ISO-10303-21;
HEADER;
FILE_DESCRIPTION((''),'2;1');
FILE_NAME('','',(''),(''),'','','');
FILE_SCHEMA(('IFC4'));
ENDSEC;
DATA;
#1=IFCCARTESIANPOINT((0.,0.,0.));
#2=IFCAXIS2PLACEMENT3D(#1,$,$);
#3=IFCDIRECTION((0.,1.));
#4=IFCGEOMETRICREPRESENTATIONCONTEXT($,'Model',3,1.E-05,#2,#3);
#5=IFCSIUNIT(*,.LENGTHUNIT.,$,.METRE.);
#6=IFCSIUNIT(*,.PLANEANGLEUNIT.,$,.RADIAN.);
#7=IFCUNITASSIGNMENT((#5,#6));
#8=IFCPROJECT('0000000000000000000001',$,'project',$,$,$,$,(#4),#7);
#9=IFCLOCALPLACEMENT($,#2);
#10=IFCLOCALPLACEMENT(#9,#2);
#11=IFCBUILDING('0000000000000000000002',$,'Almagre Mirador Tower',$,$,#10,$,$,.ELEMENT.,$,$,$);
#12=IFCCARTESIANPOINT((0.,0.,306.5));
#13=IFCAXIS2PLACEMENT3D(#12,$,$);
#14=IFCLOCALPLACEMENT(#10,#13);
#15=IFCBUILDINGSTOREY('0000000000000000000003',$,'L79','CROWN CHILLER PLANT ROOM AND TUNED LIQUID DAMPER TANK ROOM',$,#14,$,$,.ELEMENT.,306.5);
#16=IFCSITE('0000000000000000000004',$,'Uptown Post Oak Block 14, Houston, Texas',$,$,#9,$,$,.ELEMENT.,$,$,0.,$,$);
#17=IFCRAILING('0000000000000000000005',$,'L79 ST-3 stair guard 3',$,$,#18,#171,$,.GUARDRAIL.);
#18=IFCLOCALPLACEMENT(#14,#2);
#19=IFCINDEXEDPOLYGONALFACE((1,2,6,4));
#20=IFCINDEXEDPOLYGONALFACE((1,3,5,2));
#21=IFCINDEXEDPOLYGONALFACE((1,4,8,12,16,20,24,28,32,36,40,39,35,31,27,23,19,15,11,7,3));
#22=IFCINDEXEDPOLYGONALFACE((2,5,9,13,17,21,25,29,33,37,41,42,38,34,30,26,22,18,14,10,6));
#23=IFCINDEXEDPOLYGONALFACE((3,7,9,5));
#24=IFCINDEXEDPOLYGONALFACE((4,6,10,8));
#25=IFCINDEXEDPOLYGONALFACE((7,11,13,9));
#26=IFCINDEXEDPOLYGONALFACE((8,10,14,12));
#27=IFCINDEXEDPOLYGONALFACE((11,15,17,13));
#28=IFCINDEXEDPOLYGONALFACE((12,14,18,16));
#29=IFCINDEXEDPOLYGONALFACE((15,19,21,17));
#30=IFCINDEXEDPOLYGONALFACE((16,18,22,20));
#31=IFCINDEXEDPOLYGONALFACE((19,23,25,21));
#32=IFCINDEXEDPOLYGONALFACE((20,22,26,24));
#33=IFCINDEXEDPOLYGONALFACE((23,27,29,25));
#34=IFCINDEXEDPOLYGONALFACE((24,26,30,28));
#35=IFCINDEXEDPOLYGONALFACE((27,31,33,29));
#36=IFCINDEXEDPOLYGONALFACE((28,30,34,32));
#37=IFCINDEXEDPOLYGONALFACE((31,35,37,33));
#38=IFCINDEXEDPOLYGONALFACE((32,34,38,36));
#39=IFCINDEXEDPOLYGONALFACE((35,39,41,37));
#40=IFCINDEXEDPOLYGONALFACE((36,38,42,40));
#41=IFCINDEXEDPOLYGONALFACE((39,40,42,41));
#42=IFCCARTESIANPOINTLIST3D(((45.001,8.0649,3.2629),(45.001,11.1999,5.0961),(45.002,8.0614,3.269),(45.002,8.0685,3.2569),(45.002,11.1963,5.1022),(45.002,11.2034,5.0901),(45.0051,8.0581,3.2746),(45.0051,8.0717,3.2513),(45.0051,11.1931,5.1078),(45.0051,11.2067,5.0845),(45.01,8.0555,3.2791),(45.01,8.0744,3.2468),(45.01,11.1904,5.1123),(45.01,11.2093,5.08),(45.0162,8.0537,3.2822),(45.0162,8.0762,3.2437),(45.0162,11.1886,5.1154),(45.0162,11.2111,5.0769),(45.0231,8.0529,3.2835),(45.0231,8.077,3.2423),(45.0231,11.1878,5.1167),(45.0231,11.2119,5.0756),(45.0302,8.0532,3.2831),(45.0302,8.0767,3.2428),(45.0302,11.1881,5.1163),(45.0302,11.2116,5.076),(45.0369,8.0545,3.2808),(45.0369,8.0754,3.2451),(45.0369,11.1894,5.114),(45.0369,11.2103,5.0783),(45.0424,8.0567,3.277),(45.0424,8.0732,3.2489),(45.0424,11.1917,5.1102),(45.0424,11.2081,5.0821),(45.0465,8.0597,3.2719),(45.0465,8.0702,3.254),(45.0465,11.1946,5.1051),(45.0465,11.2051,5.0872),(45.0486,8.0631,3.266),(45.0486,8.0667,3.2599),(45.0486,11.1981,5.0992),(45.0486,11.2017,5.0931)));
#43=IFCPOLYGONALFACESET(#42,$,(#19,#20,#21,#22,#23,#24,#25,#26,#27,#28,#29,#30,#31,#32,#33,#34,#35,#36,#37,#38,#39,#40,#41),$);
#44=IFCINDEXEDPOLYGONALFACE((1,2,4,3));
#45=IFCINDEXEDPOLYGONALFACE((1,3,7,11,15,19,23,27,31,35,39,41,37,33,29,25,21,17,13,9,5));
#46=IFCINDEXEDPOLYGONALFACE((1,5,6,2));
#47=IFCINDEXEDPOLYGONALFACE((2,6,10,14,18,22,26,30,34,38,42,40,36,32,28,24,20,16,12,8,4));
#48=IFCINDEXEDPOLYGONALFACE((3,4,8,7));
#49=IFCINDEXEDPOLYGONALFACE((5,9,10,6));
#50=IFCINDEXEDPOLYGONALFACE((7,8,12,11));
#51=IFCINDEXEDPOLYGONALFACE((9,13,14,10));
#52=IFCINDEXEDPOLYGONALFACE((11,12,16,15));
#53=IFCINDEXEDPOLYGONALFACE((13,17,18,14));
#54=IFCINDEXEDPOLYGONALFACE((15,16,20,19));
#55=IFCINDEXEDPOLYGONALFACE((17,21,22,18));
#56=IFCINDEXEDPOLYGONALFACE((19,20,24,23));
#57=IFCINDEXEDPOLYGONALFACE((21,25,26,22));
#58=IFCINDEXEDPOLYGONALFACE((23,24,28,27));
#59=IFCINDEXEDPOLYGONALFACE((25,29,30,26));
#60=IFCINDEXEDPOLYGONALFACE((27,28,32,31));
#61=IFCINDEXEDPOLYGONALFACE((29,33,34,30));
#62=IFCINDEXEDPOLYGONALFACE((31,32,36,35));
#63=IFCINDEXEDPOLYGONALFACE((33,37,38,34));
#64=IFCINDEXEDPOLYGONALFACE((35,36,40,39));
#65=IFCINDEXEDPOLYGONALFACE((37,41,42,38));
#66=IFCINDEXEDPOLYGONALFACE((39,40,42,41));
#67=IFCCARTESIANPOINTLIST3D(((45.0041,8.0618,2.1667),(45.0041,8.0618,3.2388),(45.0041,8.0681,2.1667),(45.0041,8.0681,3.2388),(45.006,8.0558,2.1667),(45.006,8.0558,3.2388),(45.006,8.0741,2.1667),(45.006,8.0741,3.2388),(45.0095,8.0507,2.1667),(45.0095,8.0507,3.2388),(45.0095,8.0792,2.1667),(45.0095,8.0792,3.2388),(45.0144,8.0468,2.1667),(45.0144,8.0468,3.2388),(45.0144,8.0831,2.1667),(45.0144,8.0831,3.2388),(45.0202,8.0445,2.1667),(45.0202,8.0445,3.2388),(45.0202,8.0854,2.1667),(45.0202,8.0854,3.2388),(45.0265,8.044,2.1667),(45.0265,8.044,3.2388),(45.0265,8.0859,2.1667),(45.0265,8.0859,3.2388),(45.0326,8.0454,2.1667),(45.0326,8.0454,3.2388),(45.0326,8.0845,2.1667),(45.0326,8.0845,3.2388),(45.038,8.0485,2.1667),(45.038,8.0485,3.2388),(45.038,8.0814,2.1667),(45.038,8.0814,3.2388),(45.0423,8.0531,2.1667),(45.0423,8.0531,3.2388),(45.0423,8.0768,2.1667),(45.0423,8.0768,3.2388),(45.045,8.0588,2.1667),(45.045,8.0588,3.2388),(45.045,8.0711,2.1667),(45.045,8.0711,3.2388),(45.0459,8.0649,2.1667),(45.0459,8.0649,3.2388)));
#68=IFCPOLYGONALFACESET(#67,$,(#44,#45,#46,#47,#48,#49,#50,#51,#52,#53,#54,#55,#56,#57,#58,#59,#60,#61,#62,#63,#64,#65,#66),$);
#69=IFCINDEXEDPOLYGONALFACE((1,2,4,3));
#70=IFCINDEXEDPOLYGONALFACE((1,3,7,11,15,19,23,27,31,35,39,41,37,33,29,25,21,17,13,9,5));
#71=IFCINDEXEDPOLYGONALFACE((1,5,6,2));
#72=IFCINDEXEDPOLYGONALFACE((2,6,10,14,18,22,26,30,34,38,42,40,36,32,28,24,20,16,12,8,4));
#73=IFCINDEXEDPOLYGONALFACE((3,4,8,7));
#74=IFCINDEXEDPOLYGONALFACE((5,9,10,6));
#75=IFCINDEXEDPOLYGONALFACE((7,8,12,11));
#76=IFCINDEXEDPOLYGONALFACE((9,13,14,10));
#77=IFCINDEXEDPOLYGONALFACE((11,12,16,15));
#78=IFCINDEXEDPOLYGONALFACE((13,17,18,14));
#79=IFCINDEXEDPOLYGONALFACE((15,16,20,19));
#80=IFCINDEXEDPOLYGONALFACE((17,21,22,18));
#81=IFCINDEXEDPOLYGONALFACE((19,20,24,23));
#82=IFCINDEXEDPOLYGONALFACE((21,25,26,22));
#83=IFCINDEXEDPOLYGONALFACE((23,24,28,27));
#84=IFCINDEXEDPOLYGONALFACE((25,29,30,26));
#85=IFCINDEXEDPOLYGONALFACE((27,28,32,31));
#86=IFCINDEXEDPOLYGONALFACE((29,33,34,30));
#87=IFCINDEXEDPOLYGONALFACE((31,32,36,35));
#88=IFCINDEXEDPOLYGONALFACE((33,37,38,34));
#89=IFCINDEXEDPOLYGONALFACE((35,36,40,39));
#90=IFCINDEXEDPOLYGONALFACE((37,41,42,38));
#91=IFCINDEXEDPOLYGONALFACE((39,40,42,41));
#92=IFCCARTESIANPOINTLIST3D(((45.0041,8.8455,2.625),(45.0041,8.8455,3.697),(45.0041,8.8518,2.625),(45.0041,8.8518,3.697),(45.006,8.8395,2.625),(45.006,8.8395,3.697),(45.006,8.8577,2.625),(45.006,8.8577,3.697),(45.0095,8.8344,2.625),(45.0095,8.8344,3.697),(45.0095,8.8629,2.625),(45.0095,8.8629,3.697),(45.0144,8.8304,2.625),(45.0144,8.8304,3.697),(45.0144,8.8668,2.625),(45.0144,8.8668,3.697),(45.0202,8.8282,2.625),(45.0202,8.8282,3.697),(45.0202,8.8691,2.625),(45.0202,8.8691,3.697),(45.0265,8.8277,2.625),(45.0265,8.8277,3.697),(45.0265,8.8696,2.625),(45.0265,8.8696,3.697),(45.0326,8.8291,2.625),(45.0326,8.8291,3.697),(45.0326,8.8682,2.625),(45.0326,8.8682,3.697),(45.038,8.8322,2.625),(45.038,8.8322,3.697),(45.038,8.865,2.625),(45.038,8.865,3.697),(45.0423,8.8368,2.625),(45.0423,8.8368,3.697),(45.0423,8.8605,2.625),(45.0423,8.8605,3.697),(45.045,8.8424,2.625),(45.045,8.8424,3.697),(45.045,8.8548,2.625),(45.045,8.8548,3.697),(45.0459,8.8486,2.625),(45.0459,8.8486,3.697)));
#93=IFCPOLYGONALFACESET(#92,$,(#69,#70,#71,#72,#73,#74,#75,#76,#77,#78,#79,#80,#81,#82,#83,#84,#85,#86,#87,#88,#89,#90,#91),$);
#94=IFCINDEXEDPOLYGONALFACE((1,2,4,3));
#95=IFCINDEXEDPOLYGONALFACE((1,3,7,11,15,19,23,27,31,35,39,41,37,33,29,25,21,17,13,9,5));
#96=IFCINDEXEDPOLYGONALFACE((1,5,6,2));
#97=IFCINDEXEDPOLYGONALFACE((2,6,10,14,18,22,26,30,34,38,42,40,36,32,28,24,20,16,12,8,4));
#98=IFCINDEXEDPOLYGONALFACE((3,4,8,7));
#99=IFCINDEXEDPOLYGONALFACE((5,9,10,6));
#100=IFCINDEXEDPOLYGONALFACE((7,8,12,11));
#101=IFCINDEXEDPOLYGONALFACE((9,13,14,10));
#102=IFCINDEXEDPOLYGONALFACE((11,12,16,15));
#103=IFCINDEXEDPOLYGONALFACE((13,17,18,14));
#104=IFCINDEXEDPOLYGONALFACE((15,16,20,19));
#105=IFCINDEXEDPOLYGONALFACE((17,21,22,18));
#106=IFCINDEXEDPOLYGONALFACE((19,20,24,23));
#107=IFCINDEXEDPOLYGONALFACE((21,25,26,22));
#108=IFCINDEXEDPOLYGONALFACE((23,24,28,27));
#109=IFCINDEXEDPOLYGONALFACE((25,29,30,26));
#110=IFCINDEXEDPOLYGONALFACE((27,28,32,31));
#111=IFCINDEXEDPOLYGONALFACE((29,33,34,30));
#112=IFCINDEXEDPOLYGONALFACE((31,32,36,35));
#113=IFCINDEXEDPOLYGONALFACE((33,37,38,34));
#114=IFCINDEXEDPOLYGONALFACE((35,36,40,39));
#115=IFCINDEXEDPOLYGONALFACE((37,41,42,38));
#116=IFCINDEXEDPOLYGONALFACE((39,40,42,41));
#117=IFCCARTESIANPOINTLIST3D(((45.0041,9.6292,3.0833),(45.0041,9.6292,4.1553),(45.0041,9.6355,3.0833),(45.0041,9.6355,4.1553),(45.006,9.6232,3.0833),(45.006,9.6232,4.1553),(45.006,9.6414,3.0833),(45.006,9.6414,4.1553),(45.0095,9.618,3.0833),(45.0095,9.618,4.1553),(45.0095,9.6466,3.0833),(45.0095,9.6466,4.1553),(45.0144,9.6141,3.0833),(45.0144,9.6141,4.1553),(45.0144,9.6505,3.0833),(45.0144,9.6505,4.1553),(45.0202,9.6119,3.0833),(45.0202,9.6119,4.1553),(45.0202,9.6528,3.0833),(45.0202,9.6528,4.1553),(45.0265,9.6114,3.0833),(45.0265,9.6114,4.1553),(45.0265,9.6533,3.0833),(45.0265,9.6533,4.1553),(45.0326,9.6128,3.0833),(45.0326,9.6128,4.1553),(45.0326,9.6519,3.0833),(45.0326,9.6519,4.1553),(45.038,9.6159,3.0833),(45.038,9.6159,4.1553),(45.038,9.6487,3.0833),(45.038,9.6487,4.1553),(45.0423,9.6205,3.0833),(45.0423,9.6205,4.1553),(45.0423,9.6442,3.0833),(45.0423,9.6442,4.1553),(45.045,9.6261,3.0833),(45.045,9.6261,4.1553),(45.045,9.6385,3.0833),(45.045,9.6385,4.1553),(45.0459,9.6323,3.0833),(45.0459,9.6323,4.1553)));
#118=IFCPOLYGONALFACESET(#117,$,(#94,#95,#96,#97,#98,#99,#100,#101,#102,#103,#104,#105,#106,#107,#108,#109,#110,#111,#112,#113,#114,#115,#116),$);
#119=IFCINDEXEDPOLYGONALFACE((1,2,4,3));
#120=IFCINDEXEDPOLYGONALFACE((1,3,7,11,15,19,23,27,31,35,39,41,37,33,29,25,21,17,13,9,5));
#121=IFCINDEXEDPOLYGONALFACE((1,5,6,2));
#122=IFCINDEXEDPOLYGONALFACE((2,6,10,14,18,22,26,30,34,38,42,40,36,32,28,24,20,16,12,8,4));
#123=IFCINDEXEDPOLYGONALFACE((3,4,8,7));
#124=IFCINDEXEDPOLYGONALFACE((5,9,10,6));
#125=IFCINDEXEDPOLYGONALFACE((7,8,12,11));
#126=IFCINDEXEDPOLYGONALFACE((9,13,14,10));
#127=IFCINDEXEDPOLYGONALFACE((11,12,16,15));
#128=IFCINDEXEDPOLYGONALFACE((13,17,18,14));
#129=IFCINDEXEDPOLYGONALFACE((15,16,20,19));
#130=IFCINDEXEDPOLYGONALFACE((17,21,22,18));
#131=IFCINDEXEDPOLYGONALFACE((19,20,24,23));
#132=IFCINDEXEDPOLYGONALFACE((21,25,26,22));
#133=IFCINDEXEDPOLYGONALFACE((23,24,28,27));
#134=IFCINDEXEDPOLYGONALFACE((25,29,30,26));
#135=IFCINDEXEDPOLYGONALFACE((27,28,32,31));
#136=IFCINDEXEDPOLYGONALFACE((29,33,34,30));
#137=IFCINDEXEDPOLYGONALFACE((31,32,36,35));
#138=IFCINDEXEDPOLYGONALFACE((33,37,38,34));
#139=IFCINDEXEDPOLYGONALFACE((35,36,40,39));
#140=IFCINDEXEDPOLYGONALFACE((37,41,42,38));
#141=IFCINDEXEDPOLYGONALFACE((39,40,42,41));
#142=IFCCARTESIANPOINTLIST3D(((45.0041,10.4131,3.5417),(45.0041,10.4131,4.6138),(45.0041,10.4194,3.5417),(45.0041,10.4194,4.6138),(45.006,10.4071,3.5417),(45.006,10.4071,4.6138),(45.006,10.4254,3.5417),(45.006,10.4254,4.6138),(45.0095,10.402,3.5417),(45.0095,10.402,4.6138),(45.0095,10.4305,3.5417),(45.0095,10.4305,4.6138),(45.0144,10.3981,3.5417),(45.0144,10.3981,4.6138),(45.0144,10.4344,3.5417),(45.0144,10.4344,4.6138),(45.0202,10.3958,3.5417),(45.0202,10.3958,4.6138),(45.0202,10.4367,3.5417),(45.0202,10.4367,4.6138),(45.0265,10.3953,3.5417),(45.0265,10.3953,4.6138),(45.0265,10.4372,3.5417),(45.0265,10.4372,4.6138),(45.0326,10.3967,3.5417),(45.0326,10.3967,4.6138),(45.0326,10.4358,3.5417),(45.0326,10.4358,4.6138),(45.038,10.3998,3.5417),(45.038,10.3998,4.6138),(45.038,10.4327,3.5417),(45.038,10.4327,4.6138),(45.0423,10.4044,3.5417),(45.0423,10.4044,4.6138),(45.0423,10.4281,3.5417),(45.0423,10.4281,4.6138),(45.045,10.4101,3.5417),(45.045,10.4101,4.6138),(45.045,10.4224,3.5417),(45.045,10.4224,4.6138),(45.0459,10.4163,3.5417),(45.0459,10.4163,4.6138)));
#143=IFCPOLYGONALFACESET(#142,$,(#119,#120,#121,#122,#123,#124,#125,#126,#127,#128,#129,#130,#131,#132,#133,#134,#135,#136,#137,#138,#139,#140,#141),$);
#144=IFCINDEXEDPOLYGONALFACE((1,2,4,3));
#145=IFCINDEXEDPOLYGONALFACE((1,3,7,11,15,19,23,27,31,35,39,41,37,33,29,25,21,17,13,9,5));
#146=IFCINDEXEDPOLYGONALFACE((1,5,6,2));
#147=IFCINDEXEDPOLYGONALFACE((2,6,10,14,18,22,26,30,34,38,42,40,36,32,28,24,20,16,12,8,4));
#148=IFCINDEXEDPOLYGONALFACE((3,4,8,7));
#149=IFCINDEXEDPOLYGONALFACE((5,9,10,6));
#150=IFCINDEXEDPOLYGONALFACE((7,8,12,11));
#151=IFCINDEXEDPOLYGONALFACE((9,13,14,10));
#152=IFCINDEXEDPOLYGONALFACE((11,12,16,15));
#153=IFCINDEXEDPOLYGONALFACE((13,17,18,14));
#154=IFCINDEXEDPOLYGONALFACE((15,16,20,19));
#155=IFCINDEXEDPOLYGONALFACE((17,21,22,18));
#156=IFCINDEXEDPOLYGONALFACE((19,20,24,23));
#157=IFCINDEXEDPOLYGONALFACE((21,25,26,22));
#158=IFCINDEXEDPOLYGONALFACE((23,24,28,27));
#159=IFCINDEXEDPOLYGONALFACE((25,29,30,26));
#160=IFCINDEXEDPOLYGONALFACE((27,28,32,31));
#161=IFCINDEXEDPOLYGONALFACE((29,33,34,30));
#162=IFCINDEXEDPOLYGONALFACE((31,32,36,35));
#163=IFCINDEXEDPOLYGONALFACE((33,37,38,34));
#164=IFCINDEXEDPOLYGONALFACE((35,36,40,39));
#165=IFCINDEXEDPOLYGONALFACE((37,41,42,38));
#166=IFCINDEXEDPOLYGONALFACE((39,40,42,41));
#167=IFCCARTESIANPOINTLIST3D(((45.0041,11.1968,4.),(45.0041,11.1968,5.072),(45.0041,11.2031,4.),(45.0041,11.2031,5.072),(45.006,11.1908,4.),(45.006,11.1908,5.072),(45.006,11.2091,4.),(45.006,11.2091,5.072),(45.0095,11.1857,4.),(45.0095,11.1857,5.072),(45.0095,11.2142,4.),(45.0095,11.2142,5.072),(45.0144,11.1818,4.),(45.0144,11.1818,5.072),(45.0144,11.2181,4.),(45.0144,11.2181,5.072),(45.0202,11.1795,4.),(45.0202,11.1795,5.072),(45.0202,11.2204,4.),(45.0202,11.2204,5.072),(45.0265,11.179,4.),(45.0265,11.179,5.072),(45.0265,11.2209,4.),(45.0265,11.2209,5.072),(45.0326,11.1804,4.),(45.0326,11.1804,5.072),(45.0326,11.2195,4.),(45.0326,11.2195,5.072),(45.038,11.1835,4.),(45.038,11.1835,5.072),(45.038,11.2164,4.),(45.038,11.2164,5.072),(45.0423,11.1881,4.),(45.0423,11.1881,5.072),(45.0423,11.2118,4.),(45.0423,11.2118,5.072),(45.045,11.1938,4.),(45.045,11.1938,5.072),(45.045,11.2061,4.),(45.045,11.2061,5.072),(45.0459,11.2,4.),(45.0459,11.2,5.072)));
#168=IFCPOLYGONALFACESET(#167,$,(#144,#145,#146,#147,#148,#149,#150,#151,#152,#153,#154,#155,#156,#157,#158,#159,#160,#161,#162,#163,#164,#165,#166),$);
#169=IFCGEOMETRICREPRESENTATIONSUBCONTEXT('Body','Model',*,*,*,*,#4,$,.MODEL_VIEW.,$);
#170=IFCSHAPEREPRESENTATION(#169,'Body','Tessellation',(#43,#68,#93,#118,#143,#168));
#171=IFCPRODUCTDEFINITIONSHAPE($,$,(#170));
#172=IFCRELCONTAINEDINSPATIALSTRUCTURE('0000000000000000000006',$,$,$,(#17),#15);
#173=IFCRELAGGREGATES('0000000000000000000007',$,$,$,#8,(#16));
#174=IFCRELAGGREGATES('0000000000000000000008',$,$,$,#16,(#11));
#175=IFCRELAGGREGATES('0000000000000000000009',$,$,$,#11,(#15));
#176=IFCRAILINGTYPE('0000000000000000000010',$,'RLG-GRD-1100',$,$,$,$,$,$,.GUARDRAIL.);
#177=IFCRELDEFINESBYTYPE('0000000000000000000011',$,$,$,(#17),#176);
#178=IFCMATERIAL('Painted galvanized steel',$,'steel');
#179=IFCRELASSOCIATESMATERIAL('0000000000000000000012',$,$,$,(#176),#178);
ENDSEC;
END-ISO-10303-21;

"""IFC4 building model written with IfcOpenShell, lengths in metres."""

from ifc_helpers import new_model, si_unit, direction, frame, origin, origin_2d, place, context, subcontext, project, spatial, circle, extrude, material, type_object, element, save


model = new_model("IFC4")

# Units and contexts
model_context = context("Model", 3, precision=1e-05, world=origin(), true_north=direction((0.0, 1.0)))
body_context = subcontext(model_context, "Body", "Model", "MODEL_VIEW")
ifc_project = project(units=[si_unit("LENGTHUNIT", "METRE"), si_unit("PLANEANGLEUNIT", "RADIAN")], contexts=[model_context])

# Site, building, storey
site_placement = place(None, origin())
site = spatial("IfcSite", under=ifc_project, at=site_placement, Name="Uptown Post Oak Block 14, Houston, Texas", CompositionType="ELEMENT", RefElevation=0.0)
building_placement = place(site_placement, origin())
building = spatial("IfcBuilding", under=site, at=building_placement, Name="Almagre Mirador Tower", CompositionType="ELEMENT")
storey_placement = place(building_placement, frame((0.0, 0.0, 306.5)))
storey = spatial("IfcBuildingStorey", under=building, at=storey_placement, Name="L79", Description="CROWN CHILLER PLANT ROOM AND TUNED LIQUID DAMPER TANK ROOM", CompositionType="ELEMENT", Elevation=306.5)

# Railing
ifc_material_1 = material(Name="Painted galvanized steel", Category="steel")
railing_type_1 = type_object("IfcRailingType", Name="RLG-GRD-1100", PredefinedType="GUARDRAIL", material=ifc_material_1)
railing_1_placement = place(storey_placement, frame((45.0249, 8.0649, 2.1667)))
element("IfcRailing", 1, at=railing_1_placement, inside=storey, type_object=railing_type_1, Name="L79 ST-3 stair guard 3", PredefinedType="GUARDRAIL", context=body_context, shape_type="SweptSolid", body=[
    extrude(circle(Radius=0.0239, at=origin_2d()), frame((0.0, 0.0, 1.0962), z_axis=(0.0, 0.86324, 0.504794), x_axis=(-1.0, 0.0, 0.0)), (0.0, 0.0, 1.0), 3.6316),
    extrude(circle(Radius=0.021, at=origin_2d()), origin(), (0.0, 0.0, 1.0), 1.072),
    extrude(circle(Radius=0.021, at=origin_2d()), frame((0.0, 0.7837, 0.4583)), (0.0, 0.0, 1.0), 1.072),
    extrude(circle(Radius=0.021, at=origin_2d()), frame((0.0, 1.5674, 0.9165)), (0.0, 0.0, 1.0), 1.072),
    extrude(circle(Radius=0.021, at=origin_2d()), frame((0.0, 2.3513, 1.375)), (0.0, 0.0, 1.0), 1.072),
    extrude(circle(Radius=0.021, at=origin_2d()), frame((0.0, 3.135, 1.8333)), (0.0, 0.0, 1.0), 1.072),
])

save(model, "model.ifc")
